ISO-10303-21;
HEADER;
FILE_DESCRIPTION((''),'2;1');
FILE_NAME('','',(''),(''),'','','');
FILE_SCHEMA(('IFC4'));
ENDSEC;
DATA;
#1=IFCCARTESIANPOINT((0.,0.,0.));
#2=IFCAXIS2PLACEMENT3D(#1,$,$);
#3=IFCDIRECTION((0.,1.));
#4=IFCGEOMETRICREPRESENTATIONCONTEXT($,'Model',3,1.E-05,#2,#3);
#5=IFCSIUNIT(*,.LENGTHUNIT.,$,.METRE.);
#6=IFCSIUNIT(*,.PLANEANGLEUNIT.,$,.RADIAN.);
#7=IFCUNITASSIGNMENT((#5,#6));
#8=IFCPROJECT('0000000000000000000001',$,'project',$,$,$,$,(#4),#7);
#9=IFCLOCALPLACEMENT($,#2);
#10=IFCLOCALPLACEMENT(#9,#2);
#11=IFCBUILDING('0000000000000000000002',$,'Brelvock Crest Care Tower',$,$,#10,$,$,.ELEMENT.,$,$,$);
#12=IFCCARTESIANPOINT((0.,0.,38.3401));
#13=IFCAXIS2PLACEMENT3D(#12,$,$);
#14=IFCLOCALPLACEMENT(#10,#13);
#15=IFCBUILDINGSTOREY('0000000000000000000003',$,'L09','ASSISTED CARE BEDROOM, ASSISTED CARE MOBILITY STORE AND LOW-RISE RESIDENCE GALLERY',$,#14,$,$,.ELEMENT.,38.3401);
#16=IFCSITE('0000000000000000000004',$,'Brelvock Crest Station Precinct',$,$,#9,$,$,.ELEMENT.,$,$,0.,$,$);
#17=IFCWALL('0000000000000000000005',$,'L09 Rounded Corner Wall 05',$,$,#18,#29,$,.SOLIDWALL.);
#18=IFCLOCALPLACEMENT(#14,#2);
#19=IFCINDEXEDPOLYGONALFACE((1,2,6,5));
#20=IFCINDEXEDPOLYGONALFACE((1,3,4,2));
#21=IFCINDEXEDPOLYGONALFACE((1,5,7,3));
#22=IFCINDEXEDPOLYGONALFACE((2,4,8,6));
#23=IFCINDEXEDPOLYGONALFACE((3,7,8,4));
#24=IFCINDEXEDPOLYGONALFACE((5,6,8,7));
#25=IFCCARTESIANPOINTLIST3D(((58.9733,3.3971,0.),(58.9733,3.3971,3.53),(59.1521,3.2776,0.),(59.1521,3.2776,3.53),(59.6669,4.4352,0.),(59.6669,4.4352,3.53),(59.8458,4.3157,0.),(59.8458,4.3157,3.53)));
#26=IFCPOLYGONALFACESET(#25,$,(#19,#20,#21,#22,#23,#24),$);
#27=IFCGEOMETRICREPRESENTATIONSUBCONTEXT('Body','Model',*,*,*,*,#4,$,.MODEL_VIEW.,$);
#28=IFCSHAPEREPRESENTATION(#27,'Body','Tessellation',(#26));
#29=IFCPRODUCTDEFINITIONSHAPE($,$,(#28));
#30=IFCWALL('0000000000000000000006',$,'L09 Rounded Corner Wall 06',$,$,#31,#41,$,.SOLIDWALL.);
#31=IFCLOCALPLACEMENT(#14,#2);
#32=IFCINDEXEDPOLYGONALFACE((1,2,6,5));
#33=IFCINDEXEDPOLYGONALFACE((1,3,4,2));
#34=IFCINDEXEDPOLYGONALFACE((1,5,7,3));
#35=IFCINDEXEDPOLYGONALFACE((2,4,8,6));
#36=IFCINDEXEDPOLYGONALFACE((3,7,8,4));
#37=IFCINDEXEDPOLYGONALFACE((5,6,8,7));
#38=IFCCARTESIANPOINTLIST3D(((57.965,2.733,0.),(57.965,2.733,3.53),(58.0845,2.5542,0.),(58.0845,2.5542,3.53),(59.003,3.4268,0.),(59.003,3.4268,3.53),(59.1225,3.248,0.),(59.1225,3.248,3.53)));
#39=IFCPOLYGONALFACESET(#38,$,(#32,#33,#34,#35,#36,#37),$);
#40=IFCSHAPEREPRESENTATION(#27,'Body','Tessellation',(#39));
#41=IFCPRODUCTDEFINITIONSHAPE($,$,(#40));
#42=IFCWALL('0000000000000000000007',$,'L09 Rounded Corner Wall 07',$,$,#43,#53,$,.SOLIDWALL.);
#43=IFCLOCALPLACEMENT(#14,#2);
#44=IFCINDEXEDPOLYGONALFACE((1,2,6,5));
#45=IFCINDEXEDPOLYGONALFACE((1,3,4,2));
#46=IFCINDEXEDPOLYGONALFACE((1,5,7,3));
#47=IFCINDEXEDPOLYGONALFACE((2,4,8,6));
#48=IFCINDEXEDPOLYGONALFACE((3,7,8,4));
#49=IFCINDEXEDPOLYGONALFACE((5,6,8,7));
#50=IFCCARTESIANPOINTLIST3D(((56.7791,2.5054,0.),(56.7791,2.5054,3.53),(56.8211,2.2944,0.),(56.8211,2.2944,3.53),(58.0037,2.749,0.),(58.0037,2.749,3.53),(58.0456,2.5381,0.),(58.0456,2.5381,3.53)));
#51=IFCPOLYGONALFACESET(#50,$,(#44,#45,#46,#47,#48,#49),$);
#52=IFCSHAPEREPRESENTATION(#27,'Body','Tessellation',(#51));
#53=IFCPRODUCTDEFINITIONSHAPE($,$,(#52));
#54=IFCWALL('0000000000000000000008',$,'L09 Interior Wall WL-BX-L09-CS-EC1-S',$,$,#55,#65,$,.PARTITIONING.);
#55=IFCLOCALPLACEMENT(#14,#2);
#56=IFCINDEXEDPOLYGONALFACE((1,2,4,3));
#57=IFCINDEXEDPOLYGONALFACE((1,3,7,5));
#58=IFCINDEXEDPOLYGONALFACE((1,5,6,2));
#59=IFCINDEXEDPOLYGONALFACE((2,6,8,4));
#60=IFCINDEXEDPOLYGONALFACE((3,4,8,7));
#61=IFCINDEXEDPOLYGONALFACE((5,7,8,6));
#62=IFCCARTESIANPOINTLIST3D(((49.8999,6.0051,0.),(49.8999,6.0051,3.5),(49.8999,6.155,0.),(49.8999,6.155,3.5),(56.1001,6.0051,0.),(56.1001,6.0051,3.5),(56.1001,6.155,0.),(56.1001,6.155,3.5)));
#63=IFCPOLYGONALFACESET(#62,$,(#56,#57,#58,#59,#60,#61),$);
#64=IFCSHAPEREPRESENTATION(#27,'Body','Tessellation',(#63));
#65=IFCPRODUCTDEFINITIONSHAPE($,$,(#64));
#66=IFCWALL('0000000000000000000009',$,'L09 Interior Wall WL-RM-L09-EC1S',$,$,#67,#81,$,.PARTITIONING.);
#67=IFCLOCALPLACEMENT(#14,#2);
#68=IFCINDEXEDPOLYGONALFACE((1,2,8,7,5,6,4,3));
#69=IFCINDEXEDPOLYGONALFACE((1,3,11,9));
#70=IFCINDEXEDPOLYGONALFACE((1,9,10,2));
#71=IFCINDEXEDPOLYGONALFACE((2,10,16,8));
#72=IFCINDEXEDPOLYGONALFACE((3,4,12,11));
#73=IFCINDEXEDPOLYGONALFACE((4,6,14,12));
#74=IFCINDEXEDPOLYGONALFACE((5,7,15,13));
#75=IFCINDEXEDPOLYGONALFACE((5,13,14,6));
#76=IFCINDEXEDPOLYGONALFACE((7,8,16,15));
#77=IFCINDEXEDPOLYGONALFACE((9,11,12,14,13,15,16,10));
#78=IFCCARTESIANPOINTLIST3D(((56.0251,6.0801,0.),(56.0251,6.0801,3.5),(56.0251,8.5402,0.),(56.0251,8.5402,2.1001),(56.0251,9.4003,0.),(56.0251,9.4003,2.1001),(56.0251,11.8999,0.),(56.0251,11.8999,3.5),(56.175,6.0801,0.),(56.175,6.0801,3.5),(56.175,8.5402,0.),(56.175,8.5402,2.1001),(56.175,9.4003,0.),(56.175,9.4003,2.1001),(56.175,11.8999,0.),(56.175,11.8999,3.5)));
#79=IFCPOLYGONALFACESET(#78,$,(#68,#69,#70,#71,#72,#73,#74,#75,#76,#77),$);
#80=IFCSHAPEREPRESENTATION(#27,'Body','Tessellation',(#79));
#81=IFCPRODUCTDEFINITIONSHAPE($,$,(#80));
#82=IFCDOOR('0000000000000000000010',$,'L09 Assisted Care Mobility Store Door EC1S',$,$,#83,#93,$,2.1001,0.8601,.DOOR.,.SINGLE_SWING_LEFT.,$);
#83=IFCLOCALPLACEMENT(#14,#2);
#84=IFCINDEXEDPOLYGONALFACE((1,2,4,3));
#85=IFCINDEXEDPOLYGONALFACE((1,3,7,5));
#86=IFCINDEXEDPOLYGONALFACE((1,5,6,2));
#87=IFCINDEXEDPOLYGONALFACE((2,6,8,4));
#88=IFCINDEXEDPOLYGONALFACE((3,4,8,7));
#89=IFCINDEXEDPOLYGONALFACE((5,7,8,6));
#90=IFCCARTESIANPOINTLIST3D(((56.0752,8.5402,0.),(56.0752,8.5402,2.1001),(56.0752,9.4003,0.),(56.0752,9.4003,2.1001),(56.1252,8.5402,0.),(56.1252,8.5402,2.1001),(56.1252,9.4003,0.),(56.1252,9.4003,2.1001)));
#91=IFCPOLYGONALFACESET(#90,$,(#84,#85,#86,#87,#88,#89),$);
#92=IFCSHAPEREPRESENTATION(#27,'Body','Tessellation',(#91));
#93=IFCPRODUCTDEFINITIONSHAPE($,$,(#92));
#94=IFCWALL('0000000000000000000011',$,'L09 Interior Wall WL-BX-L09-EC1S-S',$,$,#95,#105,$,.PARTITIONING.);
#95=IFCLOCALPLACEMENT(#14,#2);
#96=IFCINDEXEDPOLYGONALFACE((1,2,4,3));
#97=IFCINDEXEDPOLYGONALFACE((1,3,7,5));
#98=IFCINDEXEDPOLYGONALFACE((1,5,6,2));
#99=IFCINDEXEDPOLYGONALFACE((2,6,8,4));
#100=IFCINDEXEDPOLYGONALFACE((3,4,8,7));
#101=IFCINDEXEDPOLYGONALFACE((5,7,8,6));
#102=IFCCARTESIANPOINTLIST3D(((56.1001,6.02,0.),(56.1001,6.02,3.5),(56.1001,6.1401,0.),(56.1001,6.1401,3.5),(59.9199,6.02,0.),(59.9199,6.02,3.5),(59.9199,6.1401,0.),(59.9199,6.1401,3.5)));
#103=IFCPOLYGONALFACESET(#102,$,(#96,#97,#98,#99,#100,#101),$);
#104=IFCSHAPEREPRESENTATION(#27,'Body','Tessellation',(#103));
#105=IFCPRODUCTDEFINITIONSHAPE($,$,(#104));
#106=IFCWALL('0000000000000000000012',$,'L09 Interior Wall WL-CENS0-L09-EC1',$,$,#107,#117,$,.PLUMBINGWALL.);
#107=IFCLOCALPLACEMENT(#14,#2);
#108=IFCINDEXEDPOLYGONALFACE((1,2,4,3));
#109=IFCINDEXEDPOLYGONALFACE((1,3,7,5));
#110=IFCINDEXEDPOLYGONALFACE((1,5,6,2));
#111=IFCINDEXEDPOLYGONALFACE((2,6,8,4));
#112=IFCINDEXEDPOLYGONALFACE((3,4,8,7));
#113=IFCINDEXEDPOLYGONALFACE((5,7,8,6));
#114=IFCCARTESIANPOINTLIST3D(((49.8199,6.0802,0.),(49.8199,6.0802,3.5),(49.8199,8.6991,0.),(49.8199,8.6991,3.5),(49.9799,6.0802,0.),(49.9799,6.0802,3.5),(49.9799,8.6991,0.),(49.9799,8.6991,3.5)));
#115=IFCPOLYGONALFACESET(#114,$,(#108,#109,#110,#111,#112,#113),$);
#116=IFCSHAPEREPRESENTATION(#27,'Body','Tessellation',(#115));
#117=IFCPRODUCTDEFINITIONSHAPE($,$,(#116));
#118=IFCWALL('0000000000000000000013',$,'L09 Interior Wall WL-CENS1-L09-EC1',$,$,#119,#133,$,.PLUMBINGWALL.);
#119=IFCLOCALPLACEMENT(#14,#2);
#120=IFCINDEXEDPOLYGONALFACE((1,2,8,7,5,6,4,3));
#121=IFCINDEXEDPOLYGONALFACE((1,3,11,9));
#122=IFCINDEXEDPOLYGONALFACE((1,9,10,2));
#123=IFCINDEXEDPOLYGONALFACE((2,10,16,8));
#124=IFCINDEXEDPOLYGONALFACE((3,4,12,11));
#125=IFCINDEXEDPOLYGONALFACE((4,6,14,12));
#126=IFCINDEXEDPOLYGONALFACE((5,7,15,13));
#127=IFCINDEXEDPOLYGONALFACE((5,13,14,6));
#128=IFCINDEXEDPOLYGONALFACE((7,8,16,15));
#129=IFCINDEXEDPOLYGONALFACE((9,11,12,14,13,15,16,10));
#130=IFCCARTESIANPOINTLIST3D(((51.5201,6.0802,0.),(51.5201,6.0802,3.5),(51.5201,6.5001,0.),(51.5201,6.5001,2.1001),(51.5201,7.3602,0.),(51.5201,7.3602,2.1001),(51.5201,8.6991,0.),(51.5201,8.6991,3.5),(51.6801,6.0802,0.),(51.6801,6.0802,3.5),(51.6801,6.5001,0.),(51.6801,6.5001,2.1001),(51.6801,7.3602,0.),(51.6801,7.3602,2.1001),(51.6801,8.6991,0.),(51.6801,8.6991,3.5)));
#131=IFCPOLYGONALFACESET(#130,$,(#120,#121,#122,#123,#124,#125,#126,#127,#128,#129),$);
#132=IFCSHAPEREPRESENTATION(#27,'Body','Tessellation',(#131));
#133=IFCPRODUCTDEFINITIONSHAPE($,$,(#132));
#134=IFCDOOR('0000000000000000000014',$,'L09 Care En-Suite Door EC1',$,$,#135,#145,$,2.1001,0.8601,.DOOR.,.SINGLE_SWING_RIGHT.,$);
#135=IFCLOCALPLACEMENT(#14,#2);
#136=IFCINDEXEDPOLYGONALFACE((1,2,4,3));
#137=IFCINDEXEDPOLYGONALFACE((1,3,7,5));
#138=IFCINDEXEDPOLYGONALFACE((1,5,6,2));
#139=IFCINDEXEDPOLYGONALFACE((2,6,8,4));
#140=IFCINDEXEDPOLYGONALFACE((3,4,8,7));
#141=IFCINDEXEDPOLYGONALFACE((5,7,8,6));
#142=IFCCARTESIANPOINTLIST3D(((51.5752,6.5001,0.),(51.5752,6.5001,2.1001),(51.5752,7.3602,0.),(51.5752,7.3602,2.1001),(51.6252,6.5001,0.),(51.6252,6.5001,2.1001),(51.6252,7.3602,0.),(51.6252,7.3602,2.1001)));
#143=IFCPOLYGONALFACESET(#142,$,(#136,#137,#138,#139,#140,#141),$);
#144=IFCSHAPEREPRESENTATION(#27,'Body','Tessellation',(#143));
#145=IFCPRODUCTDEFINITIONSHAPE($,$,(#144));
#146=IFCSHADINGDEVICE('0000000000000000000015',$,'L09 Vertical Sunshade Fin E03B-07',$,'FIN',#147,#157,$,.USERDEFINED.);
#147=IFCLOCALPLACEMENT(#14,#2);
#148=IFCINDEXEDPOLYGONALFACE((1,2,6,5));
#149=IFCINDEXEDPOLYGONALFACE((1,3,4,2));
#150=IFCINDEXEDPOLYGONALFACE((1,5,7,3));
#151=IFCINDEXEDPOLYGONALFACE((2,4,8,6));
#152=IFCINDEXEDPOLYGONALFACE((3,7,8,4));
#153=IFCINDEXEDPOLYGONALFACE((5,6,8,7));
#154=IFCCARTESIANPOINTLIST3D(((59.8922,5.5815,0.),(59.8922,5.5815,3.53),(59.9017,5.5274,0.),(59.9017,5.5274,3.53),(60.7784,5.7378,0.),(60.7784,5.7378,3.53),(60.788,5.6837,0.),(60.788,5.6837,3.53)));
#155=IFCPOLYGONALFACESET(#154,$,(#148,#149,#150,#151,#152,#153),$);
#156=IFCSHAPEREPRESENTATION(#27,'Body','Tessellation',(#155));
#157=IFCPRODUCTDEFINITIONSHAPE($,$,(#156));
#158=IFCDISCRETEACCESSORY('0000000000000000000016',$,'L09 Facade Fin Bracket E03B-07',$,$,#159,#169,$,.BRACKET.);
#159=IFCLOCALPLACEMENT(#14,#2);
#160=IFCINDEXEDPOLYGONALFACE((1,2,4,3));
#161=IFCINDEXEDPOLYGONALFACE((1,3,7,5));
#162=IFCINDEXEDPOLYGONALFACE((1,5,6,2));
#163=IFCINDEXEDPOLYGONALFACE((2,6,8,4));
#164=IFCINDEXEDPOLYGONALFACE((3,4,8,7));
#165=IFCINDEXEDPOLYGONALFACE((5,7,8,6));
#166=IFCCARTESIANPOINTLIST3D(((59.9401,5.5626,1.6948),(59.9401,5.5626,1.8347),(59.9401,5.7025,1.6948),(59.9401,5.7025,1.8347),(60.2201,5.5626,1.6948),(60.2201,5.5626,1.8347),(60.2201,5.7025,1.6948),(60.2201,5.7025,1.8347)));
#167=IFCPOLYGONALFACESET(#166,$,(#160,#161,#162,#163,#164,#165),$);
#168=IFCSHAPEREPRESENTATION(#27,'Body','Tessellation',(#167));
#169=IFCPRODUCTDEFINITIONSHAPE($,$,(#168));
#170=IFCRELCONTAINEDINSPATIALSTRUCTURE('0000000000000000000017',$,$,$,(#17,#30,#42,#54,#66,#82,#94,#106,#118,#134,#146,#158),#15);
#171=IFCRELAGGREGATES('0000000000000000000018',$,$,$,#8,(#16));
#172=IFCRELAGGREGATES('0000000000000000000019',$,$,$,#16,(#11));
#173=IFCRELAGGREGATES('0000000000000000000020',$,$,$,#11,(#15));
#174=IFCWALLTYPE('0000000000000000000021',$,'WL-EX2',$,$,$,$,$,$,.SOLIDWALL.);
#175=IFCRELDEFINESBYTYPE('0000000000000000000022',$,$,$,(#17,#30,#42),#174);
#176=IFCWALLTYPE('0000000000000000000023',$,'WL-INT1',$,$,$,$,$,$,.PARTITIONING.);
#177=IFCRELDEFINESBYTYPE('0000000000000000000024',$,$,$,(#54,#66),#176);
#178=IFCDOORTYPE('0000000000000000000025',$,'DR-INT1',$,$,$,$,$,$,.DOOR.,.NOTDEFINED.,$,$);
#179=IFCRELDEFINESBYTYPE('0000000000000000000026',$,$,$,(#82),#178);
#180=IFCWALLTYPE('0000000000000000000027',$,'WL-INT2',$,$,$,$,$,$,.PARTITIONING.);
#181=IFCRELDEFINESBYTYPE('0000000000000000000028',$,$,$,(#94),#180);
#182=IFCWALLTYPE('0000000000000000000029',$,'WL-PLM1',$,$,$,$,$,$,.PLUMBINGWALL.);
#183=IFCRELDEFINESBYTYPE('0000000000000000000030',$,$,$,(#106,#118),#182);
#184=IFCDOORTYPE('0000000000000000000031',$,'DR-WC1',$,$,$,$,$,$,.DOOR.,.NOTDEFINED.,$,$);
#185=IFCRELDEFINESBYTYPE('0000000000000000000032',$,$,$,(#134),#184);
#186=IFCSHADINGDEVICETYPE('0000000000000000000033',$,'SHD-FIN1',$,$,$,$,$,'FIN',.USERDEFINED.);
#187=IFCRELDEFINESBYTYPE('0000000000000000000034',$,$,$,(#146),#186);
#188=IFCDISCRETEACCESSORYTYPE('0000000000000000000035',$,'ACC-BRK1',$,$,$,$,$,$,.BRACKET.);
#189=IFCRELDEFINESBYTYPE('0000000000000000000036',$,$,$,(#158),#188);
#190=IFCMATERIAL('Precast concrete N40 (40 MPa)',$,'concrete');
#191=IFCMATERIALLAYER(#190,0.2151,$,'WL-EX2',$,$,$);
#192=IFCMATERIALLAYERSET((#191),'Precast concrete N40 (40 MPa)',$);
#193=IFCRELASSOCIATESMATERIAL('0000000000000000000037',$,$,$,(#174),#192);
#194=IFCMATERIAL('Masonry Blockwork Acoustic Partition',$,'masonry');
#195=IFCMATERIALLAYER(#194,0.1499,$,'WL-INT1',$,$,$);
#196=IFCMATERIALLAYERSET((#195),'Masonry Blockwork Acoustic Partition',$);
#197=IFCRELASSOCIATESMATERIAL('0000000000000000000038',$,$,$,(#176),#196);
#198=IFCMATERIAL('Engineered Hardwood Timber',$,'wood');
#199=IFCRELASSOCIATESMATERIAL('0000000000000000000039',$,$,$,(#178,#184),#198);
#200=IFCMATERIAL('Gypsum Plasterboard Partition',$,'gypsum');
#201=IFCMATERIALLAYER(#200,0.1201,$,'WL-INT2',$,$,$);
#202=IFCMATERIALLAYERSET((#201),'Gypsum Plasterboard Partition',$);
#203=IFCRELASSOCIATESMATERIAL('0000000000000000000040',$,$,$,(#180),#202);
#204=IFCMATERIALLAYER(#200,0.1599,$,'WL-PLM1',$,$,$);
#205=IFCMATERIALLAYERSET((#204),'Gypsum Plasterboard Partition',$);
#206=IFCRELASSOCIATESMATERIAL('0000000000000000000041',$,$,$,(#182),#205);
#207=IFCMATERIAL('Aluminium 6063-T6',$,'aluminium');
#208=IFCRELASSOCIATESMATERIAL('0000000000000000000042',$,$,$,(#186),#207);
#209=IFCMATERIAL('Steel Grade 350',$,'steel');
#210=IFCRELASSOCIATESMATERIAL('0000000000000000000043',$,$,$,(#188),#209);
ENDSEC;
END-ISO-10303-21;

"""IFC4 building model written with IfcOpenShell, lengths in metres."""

from ifc_helpers import new_model, si_unit, direction, frame, frame_2d, origin, origin_2d, place, context, subcontext, project, spatial, rectangle, extrude, source, transform, mapped, material, layer, layer_set, material_profile, profile_set, type_object, element, fill, save


model = new_model("IFC4")

# Units and contexts
model_context = context("Model", 3, precision=1e-05, world=origin(), true_north=direction((0.0, 1.0)))
body_context = subcontext(model_context, "Body", "Model", "MODEL_VIEW")
ifc_project = project(units=[si_unit("LENGTHUNIT", "METRE"), si_unit("PLANEANGLEUNIT", "RADIAN")], contexts=[model_context])

# Site, building, storey
site_placement = place(None, origin())
site = spatial("IfcSite", under=ifc_project, at=site_placement, Name="Brelvock Crest Station Precinct", CompositionType="ELEMENT", RefElevation=0.0)
building_placement = place(site_placement, origin())
building = spatial("IfcBuilding", under=site, at=building_placement, Name="Brelvock Crest Care Tower", CompositionType="ELEMENT")
storey_placement = place(building_placement, frame((0.0, 0.0, 38.3401)))
storey = spatial("IfcBuildingStorey", under=building, at=storey_placement, Name="L09", Description="ASSISTED CARE BEDROOM, ASSISTED CARE MOBILITY STORE AND LOW-RISE RESIDENCE GALLERY", CompositionType="ELEMENT", Elevation=38.3401)

# Shared definitions
ifc_material_1 = material(Name="Steel Grade 350", Category="steel")

# Shared definitions
ifc_material_2 = material(Name="Aluminium 6063-T6", Category="aluminium")

# Walls
ifc_material_3 = material(Name="Precast concrete N40 (40 MPa)", Category="concrete")
ifc_layer_1 = layer(ifc_material_3, 0.2151, Name="WL-EX2")
ifc_layer_set_1 = layer_set([ifc_layer_1], Name="Precast concrete N40 (40 MPa)")
wall_type_1 = type_object("IfcWallType", Name="WL-EX2", PredefinedType="SOLIDWALL", material=ifc_layer_set_1)
for number, where, z_axis, x_axis, name in (
    (1, (59.7563, 4.3755, 0.0), (0.0, 0.0, 1.0), (-0.555557, -0.831478, 0.0), "L09 Rounded Corner Wall 05"),
    (2, (59.0627, 3.3374, 0.0), (0.0, 0.0, 1.0), (-0.831388, -0.555692, 0.0), "L09 Rounded Corner Wall 06"),
    (3, (58.0247, 2.6436, 0.0), (0.0, 0.0, 1.0), (-0.980776, -0.195138, 0.0), "L09 Rounded Corner Wall 07"),
):
    element("IfcWall", number, at=place(storey_placement, frame(where, z_axis=z_axis, x_axis=x_axis)), inside=storey, type_object=wall_type_1, Name=name, PredefinedType="SOLIDWALL", context=body_context, shape_type="SweptSolid", body=[
        extrude(rectangle(XDim=1.2485, YDim=0.2151, at=frame_2d((0.6243, 0.0))), origin(), (0.0, 0.0, 1.0), 3.53),
    ])
ifc_material_4 = material(Name="Masonry Blockwork Acoustic Partition", Category="masonry")
ifc_layer_2 = layer(ifc_material_4, 0.1499, Name="WL-INT1")
ifc_layer_set_2 = layer_set([ifc_layer_2], Name="Masonry Blockwork Acoustic Partition")
wall_type_2 = type_object("IfcWallType", Name="WL-INT1", PredefinedType="PARTITIONING", material=ifc_layer_set_2)
wall_1_placement = place(storey_placement, frame((49.8999, 6.0801, 0.0), z_axis=(0.0, 0.0, 1.0), x_axis=(1.0, 0.0, 0.0)))
element("IfcWall", 4, at=wall_1_placement, inside=storey, type_object=wall_type_2, Name="L09 Interior Wall WL-BX-L09-CS-EC1-S", PredefinedType="PARTITIONING", context=body_context, shape_type="SweptSolid", body=[
    extrude(rectangle(XDim=6.2002, YDim=0.1499, at=frame_2d((3.1001, 0.0))), origin(), (0.0, 0.0, 1.0), 3.5),
])

# Wall, opening, door
wall_2_placement = place(storey_placement, frame((56.1001, 6.0801, 0.0), z_axis=(0.0, 0.0, 1.0), x_axis=(0.0, 1.0, 0.0)))
wall_2 = element("IfcWall", 5, at=wall_2_placement, inside=storey, type_object=wall_type_2, Name="L09 Interior Wall WL-RM-L09-EC1S", PredefinedType="PARTITIONING", context=body_context, shape_type="SweptSolid", body=[
    extrude(rectangle(XDim=5.8198, YDim=0.1499, at=frame_2d((2.9099, 0.0))), origin(), (0.0, 0.0, 1.0), 3.5),
])
opening_1_placement = place(wall_2_placement, frame((2.46, 0.0, 0.0)))
opening_1 = element("IfcOpeningElement", 6, at=opening_1_placement, cuts=wall_2, PredefinedType="OPENING", context=body_context, shape_type="SweptSolid", body=[
    extrude(rectangle(XDim=0.8601, YDim=2.1001, at=origin_2d()), frame((0.4302, 0.085, 1.05), z_axis=(0.0, -1.0, 0.0), x_axis=(1.0, 0.0, 0.0)), (0.0, 0.0, 1.0), 0.1699),
])
ifc_material_5 = material(Name="Engineered Hardwood Timber", Category="wood")
door_type_1 = type_object("IfcDoorType", Name="DR-INT1", OperationType="NOTDEFINED", PredefinedType="DOOR", material=ifc_material_5)
shared_shape_1 = source(origin(), body_context, "Body", "SweptSolid", [
    extrude(rectangle(XDim=0.8601, YDim=2.1001, at=origin_2d()), frame((0.4302, 0.0249, 1.05), z_axis=(0.0, -1.0, 0.0), x_axis=(1.0, 0.0, 0.0)), (0.0, 0.0, 1.0), 0.05),
])
door_1_placement = place(opening_1_placement, origin())
door_1 = element("IfcDoor", 7, at=door_1_placement, inside=storey, type_object=door_type_1, Name="L09 Assisted Care Mobility Store Door EC1S", OperationType="SINGLE_SWING_LEFT", OverallHeight=2.1001, OverallWidth=0.8601, PredefinedType="DOOR", context=body_context, shape_type="MappedRepresentation", body=[
    mapped(shared_shape_1, transform((0.0, 0.0, 0.0), x_axis=(1.0, 0.0, 0.0), y_axis=(0.0, 1.0, 0.0), z_axis=(0.0, 0.0, 1.0), scale=1.0)),
])
fill(opening_1, door_1)

# Walls
ifc_material_6 = material(Name="Gypsum Plasterboard Partition", Category="gypsum")
ifc_layer_3 = layer(ifc_material_6, 0.1201, Name="WL-INT2")
ifc_layer_set_3 = layer_set([ifc_layer_3], Name="Gypsum Plasterboard Partition")
wall_type_3 = type_object("IfcWallType", Name="WL-INT2", PredefinedType="PARTITIONING", material=ifc_layer_set_3)
wall_3_placement = place(storey_placement, frame((56.1001, 6.0801, 0.0), z_axis=(0.0, 0.0, 1.0), x_axis=(1.0, 0.0, 0.0)))
element("IfcWall", 8, at=wall_3_placement, inside=storey, type_object=wall_type_3, Name="L09 Interior Wall WL-BX-L09-EC1S-S", PredefinedType="PARTITIONING", context=body_context, shape_type="SweptSolid", body=[
    extrude(rectangle(XDim=3.8198, YDim=0.1201, at=frame_2d((1.9099, 0.0))), origin(), (0.0, 0.0, 1.0), 3.5),
])
ifc_layer_4 = layer(ifc_material_6, 0.1599, Name="WL-PLM1")
ifc_layer_set_4 = layer_set([ifc_layer_4], Name="Gypsum Plasterboard Partition")
wall_type_4 = type_object("IfcWallType", Name="WL-PLM1", PredefinedType="PLUMBINGWALL", material=ifc_layer_set_4)
wall_4_placement = place(storey_placement, frame((49.8999, 6.0801, 0.0), z_axis=(0.0, 0.0, 1.0), x_axis=(0.0, 1.0, 0.0)))
element("IfcWall", 9, at=wall_4_placement, inside=storey, type_object=wall_type_4, Name="L09 Interior Wall WL-CENS0-L09-EC1", PredefinedType="PLUMBINGWALL", context=body_context, shape_type="SweptSolid", body=[
    extrude(rectangle(XDim=2.6189, YDim=0.1599, at=frame_2d((1.3096, 0.0))), origin(), (0.0, 0.0, 1.0), 3.5),
])

# Wall, opening, door
wall_5_placement = place(storey_placement, frame((51.6001, 6.0801, 0.0), z_axis=(0.0, 0.0, 1.0), x_axis=(0.0, 1.0, 0.0)))
wall_5 = element("IfcWall", 10, at=wall_5_placement, inside=storey, type_object=wall_type_4, Name="L09 Interior Wall WL-CENS1-L09-EC1", PredefinedType="PLUMBINGWALL", context=body_context, shape_type="SweptSolid", body=[
    extrude(rectangle(XDim=2.6189, YDim=0.1599, at=frame_2d((1.3096, 0.0))), origin(), (0.0, 0.0, 1.0), 3.5),
])
opening_2_placement = place(wall_5_placement, frame((0.4199, 0.0, 0.0)))
opening_2 = element("IfcOpeningElement", 11, at=opening_2_placement, cuts=wall_5, PredefinedType="OPENING", context=body_context, shape_type="SweptSolid", body=[
    extrude(rectangle(XDim=0.8601, YDim=2.1001, at=origin_2d()), frame((0.4302, 0.0898, 1.05), z_axis=(0.0, -1.0, 0.0), x_axis=(1.0, 0.0, 0.0)), (0.0, 0.0, 1.0), 0.1799),
])
door_type_2 = type_object("IfcDoorType", Name="DR-WC1", OperationType="NOTDEFINED", PredefinedType="DOOR", material=ifc_material_5)
shared_shape_2 = source(origin(), body_context, "Body", "SweptSolid", [
    extrude(rectangle(XDim=0.8601, YDim=2.1001, at=origin_2d()), frame((0.4302, 0.0249, 1.05), z_axis=(0.0, -1.0, 0.0), x_axis=(1.0, 0.0, 0.0)), (0.0, 0.0, 1.0), 0.05),
])
door_2_placement = place(opening_2_placement, origin())
door_2 = element("IfcDoor", 12, at=door_2_placement, inside=storey, type_object=door_type_2, Name="L09 Care En-Suite Door EC1", OperationType="SINGLE_SWING_RIGHT", OverallHeight=2.1001, OverallWidth=0.8601, PredefinedType="DOOR", context=body_context, shape_type="MappedRepresentation", body=[
    mapped(shared_shape_2, transform((0.0, 0.0, 0.0), x_axis=(1.0, 0.0, 0.0), y_axis=(0.0, 1.0, 0.0), z_axis=(0.0, 0.0, 1.0), scale=1.0)),
])
fill(opening_2, door_2)

# Shading device
ifc_material_profile_1 = material_profile(ifc_material_2, rectangle(XDim=0.0549, YDim=0.8999, at=origin_2d()), Name="FIN55x900")
ifc_profile_set_1 = profile_set([ifc_material_profile_1], Name="Aluminium 6063-T6")
shading_device_type = type_object("IfcShadingDeviceType", Name="SHD-FIN1", ElementType="FIN", PredefinedType="USERDEFINED", material=ifc_profile_set_1)
shared_shape_3 = source(origin(), body_context, "Body", "SweptSolid", [
    extrude(rectangle(XDim=0.0549, YDim=0.8999, at=origin_2d()), origin(), (0.0, 0.0, 1.0), 3.53),
])
shading_device_placement = place(storey_placement, frame((60.3401, 5.6326, 0.0), z_axis=(0.0, 0.0, 1.0), x_axis=(0.173648, -0.984808, 0.0)))
element("IfcShadingDevice", 13, at=shading_device_placement, inside=storey, type_object=shading_device_type, Name="L09 Vertical Sunshade Fin E03B-07", ObjectType="FIN", PredefinedType="USERDEFINED", context=body_context, shape_type="MappedRepresentation", body=[
    mapped(shared_shape_3, transform((0.0, 0.0, 0.0), x_axis=(1.0, 0.0, 0.0), y_axis=(0.0, 1.0, 0.0), z_axis=(0.0, 0.0, 1.0), scale=1.0)),
])

# Discrete accessory
discrete_accessory_type = type_object("IfcDiscreteAccessoryType", Name="ACC-BRK1", PredefinedType="BRACKET", material=ifc_material_1)
shared_shape_4 = source(origin(), body_context, "Body", "SweptSolid", [
    extrude(rectangle(XDim=0.28, YDim=0.1399, at=origin_2d()), origin(), (0.0, 0.0, 1.0), 0.1399),
])
discrete_accessory_placement = place(storey_placement, frame((60.0801, 5.6326, 1.6948), z_axis=(0.0, 0.0, 1.0), x_axis=(1.0, 0.0, 0.0)))
element("IfcDiscreteAccessory", 14, at=discrete_accessory_placement, inside=storey, type_object=discrete_accessory_type, Name="L09 Facade Fin Bracket E03B-07", PredefinedType="BRACKET", context=body_context, shape_type="MappedRepresentation", body=[
    mapped(shared_shape_4, transform((0.0, 0.0, 0.0), x_axis=(1.0, 0.0, 0.0), y_axis=(0.0, 1.0, 0.0), z_axis=(0.0, 0.0, 1.0), scale=1.0)),
])

save(model, "model.ifc")
